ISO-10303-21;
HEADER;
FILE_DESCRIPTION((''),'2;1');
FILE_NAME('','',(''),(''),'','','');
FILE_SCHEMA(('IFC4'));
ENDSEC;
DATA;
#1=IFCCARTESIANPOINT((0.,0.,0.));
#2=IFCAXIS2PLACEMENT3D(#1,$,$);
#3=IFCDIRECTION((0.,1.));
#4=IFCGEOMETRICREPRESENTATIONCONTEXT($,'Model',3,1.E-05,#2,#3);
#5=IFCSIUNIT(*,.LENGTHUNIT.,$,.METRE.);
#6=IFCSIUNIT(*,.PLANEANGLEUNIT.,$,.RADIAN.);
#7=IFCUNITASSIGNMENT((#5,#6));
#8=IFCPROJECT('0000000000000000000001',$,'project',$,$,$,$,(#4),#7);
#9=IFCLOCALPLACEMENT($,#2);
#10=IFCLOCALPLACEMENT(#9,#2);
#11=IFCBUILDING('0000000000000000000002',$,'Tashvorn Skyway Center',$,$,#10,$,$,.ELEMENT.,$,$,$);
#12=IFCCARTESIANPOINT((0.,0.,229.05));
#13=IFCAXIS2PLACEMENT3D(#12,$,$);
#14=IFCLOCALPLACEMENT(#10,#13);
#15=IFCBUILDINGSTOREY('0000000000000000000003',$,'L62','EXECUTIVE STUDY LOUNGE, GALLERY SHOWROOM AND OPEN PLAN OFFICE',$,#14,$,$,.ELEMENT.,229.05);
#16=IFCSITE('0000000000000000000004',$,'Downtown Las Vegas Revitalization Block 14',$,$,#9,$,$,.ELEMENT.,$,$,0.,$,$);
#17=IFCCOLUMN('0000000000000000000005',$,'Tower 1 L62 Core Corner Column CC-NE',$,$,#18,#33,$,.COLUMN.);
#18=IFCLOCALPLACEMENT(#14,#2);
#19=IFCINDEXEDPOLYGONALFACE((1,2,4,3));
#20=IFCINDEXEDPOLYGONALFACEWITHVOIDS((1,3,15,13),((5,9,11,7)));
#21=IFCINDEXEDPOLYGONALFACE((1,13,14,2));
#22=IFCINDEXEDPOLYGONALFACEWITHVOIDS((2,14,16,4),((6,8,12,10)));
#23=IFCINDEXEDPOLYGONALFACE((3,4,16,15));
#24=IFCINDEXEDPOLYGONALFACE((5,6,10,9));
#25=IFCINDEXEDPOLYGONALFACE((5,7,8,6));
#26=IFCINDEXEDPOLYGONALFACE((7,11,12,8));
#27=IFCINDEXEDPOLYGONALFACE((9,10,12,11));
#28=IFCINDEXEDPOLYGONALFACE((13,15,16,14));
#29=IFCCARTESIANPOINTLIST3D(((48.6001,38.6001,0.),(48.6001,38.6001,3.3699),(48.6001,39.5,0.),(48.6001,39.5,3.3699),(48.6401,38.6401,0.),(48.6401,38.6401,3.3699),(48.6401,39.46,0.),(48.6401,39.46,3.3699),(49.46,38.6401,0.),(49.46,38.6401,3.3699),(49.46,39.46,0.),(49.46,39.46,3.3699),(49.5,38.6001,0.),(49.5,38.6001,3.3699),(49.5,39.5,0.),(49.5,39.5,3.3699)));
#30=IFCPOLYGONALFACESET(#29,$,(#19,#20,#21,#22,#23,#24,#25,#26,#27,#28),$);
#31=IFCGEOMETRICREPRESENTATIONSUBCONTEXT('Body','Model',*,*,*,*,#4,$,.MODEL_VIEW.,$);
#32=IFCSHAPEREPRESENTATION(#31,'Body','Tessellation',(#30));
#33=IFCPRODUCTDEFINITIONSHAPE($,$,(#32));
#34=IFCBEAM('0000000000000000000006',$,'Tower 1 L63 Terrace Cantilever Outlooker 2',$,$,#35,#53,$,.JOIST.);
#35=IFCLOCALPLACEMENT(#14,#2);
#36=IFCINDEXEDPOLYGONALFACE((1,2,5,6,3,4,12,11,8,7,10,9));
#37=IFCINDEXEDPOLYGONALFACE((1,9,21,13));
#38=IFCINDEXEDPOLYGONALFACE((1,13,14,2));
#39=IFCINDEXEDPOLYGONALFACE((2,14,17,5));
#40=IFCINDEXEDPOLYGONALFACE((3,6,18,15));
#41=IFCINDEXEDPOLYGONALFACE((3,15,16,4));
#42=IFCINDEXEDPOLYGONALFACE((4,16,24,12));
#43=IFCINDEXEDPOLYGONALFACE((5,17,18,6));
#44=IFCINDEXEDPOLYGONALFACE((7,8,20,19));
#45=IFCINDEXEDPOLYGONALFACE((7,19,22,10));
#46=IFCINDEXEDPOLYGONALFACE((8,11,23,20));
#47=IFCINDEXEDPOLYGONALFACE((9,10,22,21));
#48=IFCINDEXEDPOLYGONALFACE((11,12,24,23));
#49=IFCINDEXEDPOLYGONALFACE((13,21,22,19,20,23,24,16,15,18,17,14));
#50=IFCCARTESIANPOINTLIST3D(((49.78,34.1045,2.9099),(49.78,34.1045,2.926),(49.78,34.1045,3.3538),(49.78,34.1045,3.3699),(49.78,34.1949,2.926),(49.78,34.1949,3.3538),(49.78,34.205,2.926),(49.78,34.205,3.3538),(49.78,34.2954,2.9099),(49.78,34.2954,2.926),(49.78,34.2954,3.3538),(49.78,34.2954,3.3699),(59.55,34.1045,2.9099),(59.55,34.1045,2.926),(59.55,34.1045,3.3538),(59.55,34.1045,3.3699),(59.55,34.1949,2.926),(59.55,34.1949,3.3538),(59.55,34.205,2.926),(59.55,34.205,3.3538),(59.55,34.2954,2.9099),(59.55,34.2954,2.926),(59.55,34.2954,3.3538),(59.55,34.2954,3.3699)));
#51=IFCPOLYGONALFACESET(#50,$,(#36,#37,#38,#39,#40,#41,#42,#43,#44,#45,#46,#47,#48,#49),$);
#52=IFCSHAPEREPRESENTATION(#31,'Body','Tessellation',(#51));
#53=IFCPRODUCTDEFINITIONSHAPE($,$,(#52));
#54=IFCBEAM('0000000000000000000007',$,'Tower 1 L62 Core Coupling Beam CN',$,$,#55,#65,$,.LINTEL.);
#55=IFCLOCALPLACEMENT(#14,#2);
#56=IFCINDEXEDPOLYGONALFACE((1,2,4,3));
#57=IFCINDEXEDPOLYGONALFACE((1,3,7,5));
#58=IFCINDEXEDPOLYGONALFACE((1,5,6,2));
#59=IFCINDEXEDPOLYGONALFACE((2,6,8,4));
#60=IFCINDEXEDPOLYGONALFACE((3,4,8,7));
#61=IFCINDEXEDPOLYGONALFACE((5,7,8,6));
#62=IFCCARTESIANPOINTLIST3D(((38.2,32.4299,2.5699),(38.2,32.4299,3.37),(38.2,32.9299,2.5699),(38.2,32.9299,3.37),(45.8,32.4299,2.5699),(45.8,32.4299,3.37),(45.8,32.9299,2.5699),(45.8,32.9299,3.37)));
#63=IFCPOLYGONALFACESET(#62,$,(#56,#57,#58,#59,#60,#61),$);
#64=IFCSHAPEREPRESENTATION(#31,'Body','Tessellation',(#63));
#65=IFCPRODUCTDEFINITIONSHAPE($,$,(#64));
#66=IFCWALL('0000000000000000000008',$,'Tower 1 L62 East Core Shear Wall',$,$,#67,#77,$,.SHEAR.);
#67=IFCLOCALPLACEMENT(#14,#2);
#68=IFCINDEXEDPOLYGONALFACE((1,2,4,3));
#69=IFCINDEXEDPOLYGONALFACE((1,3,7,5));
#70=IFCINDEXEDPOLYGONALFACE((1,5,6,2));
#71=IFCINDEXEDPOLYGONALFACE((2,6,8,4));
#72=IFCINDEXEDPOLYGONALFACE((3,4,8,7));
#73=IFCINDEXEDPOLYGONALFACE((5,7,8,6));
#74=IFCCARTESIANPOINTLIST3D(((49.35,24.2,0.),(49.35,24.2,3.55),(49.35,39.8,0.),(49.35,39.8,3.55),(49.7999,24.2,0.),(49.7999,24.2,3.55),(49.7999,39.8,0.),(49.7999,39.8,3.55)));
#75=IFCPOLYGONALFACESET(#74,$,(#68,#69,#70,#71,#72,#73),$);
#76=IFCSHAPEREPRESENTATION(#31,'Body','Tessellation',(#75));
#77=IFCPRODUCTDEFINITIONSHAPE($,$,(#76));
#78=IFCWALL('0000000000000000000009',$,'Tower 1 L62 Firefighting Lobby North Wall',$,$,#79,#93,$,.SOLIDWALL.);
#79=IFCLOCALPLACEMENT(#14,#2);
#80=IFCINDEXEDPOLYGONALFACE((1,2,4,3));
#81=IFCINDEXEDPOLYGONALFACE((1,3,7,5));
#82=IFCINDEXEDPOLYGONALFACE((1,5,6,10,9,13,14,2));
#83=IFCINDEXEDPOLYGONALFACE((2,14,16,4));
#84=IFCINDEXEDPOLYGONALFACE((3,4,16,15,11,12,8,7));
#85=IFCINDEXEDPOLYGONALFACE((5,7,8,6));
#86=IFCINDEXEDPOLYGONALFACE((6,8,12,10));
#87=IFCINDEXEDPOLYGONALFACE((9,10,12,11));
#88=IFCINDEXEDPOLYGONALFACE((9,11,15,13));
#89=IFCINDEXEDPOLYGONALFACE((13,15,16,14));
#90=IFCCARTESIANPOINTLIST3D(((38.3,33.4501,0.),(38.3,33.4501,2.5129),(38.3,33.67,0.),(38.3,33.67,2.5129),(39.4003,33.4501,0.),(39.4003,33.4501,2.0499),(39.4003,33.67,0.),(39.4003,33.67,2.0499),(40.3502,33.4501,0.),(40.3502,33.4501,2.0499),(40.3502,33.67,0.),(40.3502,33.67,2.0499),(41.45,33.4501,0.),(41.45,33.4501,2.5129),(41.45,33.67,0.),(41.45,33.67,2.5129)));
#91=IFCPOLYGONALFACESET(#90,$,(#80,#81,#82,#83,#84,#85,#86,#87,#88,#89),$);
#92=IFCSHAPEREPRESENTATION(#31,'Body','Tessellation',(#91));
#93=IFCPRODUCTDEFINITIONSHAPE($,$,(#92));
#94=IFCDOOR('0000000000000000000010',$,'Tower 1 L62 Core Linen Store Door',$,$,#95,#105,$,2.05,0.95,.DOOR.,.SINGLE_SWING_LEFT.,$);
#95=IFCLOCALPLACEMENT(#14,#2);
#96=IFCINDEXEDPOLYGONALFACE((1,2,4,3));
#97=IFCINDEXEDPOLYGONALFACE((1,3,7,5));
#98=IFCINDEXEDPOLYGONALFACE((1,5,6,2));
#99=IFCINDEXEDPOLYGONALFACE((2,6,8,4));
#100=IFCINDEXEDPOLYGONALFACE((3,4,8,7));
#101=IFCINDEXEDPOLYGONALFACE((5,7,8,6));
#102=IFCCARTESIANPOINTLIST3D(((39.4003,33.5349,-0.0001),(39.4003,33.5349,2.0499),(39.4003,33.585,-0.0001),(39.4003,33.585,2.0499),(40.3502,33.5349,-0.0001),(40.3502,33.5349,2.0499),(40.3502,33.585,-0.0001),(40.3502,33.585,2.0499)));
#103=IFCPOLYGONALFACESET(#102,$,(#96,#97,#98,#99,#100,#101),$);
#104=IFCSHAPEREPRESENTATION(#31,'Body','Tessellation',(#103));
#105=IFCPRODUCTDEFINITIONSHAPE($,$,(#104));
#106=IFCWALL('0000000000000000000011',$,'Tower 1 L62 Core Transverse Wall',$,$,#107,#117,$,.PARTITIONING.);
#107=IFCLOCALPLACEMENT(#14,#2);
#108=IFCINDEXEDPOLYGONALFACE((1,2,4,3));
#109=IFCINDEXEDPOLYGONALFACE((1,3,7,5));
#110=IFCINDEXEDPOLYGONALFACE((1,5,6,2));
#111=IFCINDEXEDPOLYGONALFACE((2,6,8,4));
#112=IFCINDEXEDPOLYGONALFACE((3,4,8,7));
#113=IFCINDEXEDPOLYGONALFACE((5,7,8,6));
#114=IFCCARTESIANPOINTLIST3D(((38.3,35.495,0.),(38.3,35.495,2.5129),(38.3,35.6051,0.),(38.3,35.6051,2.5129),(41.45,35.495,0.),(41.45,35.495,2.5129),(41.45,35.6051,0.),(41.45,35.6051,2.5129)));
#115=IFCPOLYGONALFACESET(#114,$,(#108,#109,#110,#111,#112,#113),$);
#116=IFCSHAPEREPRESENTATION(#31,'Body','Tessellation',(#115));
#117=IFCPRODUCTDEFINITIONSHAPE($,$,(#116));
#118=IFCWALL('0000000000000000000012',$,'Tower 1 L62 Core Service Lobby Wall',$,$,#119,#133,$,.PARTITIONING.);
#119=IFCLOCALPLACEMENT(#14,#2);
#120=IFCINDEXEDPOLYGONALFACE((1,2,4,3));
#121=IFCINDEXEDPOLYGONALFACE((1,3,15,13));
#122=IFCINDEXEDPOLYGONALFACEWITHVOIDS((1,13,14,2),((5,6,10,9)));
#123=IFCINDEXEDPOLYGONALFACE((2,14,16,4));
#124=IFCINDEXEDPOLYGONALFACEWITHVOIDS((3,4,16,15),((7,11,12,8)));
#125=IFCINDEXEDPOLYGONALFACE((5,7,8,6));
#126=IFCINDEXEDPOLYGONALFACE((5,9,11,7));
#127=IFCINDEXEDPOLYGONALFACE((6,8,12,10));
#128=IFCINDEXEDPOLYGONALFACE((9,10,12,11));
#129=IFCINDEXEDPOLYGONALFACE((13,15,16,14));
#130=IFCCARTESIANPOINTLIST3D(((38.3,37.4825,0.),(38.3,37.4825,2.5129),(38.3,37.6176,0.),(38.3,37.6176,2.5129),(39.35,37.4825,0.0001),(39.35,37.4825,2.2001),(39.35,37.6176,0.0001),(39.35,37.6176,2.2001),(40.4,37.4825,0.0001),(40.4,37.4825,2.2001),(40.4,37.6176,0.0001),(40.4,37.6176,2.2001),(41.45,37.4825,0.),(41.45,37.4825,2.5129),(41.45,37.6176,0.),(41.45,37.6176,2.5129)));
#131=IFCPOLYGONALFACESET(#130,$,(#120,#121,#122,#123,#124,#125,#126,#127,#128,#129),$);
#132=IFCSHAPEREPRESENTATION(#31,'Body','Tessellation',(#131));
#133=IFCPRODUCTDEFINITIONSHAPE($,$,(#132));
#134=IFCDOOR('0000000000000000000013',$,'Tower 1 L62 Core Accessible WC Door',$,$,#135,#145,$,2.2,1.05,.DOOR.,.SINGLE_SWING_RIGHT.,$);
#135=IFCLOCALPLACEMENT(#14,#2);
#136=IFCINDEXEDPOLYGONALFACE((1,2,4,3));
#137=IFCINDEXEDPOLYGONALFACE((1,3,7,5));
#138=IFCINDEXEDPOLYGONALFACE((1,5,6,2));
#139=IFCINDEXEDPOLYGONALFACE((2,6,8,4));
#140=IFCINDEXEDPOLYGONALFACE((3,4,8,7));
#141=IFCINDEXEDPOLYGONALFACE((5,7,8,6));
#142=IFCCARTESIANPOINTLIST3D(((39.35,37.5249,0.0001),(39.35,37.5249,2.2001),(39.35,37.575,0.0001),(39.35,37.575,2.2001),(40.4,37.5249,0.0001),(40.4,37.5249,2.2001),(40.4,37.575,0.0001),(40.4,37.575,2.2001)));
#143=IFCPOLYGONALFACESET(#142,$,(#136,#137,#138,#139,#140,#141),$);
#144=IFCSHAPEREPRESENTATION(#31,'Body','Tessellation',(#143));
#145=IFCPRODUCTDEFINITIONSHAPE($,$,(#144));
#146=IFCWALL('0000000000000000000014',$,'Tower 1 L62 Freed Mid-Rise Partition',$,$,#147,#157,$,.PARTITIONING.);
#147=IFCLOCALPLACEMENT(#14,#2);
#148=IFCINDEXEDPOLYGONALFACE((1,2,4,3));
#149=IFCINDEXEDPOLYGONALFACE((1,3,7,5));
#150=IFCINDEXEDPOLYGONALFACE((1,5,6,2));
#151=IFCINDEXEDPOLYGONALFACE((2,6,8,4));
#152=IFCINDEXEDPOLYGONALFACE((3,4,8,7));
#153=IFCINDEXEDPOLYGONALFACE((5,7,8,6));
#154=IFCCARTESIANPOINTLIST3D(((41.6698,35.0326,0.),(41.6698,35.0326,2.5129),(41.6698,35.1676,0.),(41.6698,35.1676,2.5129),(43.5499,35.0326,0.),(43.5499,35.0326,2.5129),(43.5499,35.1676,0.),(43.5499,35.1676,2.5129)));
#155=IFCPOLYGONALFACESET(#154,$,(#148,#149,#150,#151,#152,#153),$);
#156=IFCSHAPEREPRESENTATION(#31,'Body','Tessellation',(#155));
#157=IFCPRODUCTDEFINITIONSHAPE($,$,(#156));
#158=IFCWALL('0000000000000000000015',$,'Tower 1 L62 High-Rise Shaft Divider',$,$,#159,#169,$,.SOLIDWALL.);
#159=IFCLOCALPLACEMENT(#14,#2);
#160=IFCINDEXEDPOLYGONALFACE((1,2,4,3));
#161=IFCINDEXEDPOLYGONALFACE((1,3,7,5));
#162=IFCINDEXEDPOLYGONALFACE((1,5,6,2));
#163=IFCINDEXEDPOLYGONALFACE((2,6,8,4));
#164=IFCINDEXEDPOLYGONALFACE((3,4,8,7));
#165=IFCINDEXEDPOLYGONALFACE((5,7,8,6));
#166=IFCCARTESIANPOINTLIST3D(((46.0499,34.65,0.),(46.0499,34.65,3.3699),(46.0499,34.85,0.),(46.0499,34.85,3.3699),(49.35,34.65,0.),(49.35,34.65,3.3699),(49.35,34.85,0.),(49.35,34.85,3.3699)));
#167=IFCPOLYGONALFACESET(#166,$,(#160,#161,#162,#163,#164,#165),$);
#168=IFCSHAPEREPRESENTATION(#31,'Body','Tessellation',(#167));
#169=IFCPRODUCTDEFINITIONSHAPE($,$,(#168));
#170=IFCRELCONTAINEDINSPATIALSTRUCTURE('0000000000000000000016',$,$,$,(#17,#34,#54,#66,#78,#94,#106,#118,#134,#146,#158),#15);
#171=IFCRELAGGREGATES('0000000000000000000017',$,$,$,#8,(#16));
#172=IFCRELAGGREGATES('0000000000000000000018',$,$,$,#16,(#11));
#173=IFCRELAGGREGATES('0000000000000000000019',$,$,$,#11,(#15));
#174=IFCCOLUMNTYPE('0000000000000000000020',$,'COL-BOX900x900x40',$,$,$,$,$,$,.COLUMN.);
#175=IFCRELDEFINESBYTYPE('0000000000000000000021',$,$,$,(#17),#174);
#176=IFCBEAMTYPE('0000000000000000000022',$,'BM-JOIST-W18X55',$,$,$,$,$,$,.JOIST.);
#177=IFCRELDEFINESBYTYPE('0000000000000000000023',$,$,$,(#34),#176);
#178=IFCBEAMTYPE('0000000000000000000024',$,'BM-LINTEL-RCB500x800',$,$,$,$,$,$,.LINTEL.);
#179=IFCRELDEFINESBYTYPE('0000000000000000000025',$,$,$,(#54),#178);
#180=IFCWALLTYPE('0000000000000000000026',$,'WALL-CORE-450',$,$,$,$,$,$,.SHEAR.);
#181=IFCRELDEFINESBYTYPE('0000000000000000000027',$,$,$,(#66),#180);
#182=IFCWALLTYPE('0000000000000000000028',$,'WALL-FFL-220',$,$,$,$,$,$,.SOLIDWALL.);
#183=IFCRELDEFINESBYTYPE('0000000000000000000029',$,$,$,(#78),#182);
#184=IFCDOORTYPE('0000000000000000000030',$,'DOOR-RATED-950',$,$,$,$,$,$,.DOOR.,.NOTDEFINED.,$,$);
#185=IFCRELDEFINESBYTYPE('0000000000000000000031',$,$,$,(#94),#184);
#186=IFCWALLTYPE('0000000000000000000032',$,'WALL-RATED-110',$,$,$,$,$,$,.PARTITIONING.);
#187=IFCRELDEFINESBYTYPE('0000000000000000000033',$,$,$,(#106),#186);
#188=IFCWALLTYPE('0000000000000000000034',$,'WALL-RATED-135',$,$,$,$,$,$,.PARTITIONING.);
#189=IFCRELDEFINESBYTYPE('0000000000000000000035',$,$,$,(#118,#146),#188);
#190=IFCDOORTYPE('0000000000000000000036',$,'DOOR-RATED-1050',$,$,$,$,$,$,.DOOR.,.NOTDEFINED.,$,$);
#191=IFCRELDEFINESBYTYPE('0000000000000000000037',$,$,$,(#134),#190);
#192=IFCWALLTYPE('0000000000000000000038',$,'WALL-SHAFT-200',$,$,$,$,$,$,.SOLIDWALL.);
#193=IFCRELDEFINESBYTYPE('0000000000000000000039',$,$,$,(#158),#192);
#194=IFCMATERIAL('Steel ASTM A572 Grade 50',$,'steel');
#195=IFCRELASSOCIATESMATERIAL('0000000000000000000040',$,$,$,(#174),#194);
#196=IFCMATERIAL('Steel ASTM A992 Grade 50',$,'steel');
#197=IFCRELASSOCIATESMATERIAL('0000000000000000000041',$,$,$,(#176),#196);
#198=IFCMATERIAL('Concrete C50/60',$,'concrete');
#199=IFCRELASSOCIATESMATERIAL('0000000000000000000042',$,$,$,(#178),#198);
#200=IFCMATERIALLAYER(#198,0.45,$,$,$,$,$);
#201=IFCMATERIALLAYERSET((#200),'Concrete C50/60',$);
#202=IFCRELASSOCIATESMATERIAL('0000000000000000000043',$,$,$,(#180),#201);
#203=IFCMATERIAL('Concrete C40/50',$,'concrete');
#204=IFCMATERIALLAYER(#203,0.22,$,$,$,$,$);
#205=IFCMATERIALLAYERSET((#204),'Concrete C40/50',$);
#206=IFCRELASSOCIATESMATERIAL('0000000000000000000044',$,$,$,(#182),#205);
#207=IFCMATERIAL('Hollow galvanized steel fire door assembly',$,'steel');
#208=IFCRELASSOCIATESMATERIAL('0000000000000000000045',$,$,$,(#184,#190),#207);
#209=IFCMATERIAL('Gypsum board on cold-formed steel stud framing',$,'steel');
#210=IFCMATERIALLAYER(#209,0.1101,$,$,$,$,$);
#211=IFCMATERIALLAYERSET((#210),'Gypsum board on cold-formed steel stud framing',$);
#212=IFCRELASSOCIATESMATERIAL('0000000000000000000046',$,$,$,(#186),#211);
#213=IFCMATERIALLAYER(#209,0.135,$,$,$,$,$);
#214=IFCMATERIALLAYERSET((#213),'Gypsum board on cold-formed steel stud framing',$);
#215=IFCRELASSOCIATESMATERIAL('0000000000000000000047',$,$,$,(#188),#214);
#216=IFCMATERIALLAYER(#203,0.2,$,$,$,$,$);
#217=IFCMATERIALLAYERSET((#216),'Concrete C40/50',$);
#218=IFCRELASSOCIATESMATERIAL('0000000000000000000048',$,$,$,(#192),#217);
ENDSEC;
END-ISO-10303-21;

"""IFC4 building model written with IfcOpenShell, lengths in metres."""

from ifc_helpers import new_model, si_unit, direction, frame, frame_2d, origin, origin_2d, place, context, subcontext, project, spatial, rectangle, hollow_rectangle, i_section, extrude, material, layer, layer_set, material_profile, profile_set, type_object, element, fill, save


model = new_model("IFC4")

# Units and contexts
model_context = context("Model", 3, precision=1e-05, world=origin(), true_north=direction((0.0, 1.0)))
body_context = subcontext(model_context, "Body", "Model", "MODEL_VIEW")
ifc_project = project(units=[si_unit("LENGTHUNIT", "METRE"), si_unit("PLANEANGLEUNIT", "RADIAN")], contexts=[model_context])

# Site, building, storey
site_placement = place(None, origin())
site = spatial("IfcSite", under=ifc_project, at=site_placement, Name="Downtown Las Vegas Revitalization Block 14", CompositionType="ELEMENT", RefElevation=0.0)
building_placement = place(site_placement, origin())
building = spatial("IfcBuilding", under=site, at=building_placement, Name="Tashvorn Skyway Center", CompositionType="ELEMENT")
storey_placement = place(building_placement, frame((0.0, 0.0, 229.05)))
storey = spatial("IfcBuildingStorey", under=building, at=storey_placement, Name="L62", Description="EXECUTIVE STUDY LOUNGE, GALLERY SHOWROOM AND OPEN PLAN OFFICE", CompositionType="ELEMENT", Elevation=229.05)

# Column
ifc_material_1 = material(Name="Steel ASTM A572 Grade 50", Category="steel")
ifc_material_profile_1 = material_profile(ifc_material_1, hollow_rectangle(XDim=0.8999, YDim=0.8999, WallThickness=0.04, at=origin_2d()), Name="BOX900x900x40")
ifc_profile_set_1 = profile_set([ifc_material_profile_1], Name="Steel ASTM A572 Grade 50")
column_type = type_object("IfcColumnType", Name="COL-BOX900x900x40", PredefinedType="COLUMN", material=ifc_profile_set_1)
column_placement = place(storey_placement, frame((49.05, 39.05, 0.0), z_axis=(0.0, 0.0, 1.0), x_axis=(1.0, 0.0, 0.0)))
element("IfcColumn", 1, at=column_placement, inside=storey, type_object=column_type, Name="Tower 1 L62 Core Corner Column CC-NE", PredefinedType="COLUMN", context=body_context, shape_type="SweptSolid", body=[
    extrude(hollow_rectangle(XDim=0.8999, YDim=0.8999, WallThickness=0.04, at=origin_2d()), origin(), (0.0, 0.0, 1.0), 3.3699),
])

# Beams
ifc_material_2 = material(Name="Steel ASTM A992 Grade 50", Category="steel")
ifc_material_profile_2 = material_profile(ifc_material_2, i_section(OverallWidth=0.1909, OverallDepth=0.46, WebThickness=0.01, FlangeThickness=0.0161, at=origin_2d()), Name="W18X55")
ifc_profile_set_2 = profile_set([ifc_material_profile_2], Name="Steel ASTM A992 Grade 50")
beam_type_1 = type_object("IfcBeamType", Name="BM-JOIST-W18X55", PredefinedType="JOIST", material=ifc_profile_set_2)
beam_1_placement = place(storey_placement, frame((49.78, 34.2, 3.1399), z_axis=(1.0, 0.0, 0.0), x_axis=(0.0, 1.0, 0.0)))
element("IfcBeam", 2, at=beam_1_placement, inside=storey, type_object=beam_type_1, Name="Tower 1 L63 Terrace Cantilever Outlooker 2", PredefinedType="JOIST", context=body_context, shape_type="SweptSolid", body=[
    extrude(i_section(OverallWidth=0.1909, OverallDepth=0.46, WebThickness=0.01, FlangeThickness=0.0161, at=origin_2d()), origin(), (0.0, 0.0, 1.0), 9.77),
])
ifc_material_3 = material(Name="Concrete C50/60", Category="concrete")
ifc_material_profile_3 = material_profile(ifc_material_3, rectangle(XDim=0.5, YDim=0.8, at=origin_2d()), Name="RCB500x800")
ifc_profile_set_3 = profile_set([ifc_material_profile_3], Name="Concrete C50/60")
beam_type_2 = type_object("IfcBeamType", Name="BM-LINTEL-RCB500x800", PredefinedType="LINTEL", material=ifc_profile_set_3)
beam_2_placement = place(storey_placement, frame((38.2, 32.6799, 2.97), z_axis=(1.0, 0.0, 0.0), x_axis=(0.0, 1.0, 0.0)))
element("IfcBeam", 3, at=beam_2_placement, inside=storey, type_object=beam_type_2, Name="Tower 1 L62 Core Coupling Beam CN", PredefinedType="LINTEL", context=body_context, shape_type="SweptSolid", body=[
    extrude(rectangle(XDim=0.5, YDim=0.8, at=origin_2d()), origin(), (0.0, 0.0, 1.0), 7.6001),
])

# Wall
ifc_layer_1 = layer(ifc_material_3, 0.45)
ifc_layer_set_1 = layer_set([ifc_layer_1], Name="Concrete C50/60")
wall_type_1 = type_object("IfcWallType", Name="WALL-CORE-450", PredefinedType="SHEAR", material=ifc_layer_set_1)
wall_1_placement = place(storey_placement, frame((49.575, 39.8, 0.0), z_axis=(0.0, 0.0, 1.0), x_axis=(0.0, -1.0, 0.0)))
element("IfcWall", 4, at=wall_1_placement, inside=storey, type_object=wall_type_1, Name="Tower 1 L62 East Core Shear Wall", PredefinedType="SHEAR", context=body_context, shape_type="SweptSolid", body=[
    extrude(rectangle(XDim=15.6001, YDim=0.45, at=frame_2d((7.8, 0.0))), origin(), (0.0, 0.0, 1.0), 3.55),
])

# Wall, opening, door
ifc_material_4 = material(Name="Concrete C40/50", Category="concrete")
ifc_layer_2 = layer(ifc_material_4, 0.22)
ifc_layer_set_2 = layer_set([ifc_layer_2], Name="Concrete C40/50")
wall_type_2 = type_object("IfcWallType", Name="WALL-FFL-220", PredefinedType="SOLIDWALL", material=ifc_layer_set_2)
wall_2_placement = place(storey_placement, frame((38.3, 33.5601, 0.0), z_axis=(0.0, 0.0, 1.0), x_axis=(1.0, 0.0, 0.0)))
wall_2 = element("IfcWall", 5, at=wall_2_placement, inside=storey, type_object=wall_type_2, Name="Tower 1 L62 Firefighting Lobby North Wall", PredefinedType="SOLIDWALL", context=body_context, shape_type="SweptSolid", body=[
    extrude(rectangle(XDim=3.1499, YDim=0.22, at=frame_2d((1.575, 0.0))), origin(), (0.0, 0.0, 1.0), 2.5129),
])
opening_1_placement = place(wall_2_placement, frame((1.1001, 0.0, 0.0)))
opening_1 = element("IfcOpeningElement", 6, at=opening_1_placement, cuts=wall_2, PredefinedType="OPENING", context=body_context, shape_type="SweptSolid", body=[
    extrude(rectangle(XDim=0.95, YDim=2.05, at=frame_2d((0.4751, 1.0249))), frame((0.0, 0.1199, 0.0), z_axis=(0.0, -1.0, 0.0), x_axis=(1.0, 0.0, 0.0)), (0.0, 0.0, 1.0), 0.24),
])
ifc_material_5 = material(Name="Hollow galvanized steel fire door assembly", Category="steel")
door_type_1 = type_object("IfcDoorType", Name="DOOR-RATED-950", OperationType="NOTDEFINED", PredefinedType="DOOR", material=ifc_material_5)
door_1_placement = place(opening_1_placement, origin())
door_1 = element("IfcDoor", 7, at=door_1_placement, inside=storey, type_object=door_type_1, Name="Tower 1 L62 Core Linen Store Door", OperationType="SINGLE_SWING_LEFT", OverallHeight=2.05, OverallWidth=0.95, PredefinedType="DOOR", context=body_context, shape_type="SweptSolid", body=[
    extrude(rectangle(XDim=0.95, YDim=2.05, at=frame_2d((0.4751, 1.0249))), frame((0.0, 0.0249, 0.0), z_axis=(0.0, -1.0, 0.0), x_axis=(1.0, 0.0, 0.0)), (0.0, 0.0, 1.0), 0.05),
])
fill(opening_1, door_1)

# Wall
ifc_material_6 = material(Name="Gypsum board on cold-formed steel stud framing", Category="steel")
ifc_layer_3 = layer(ifc_material_6, 0.1101)
ifc_layer_set_3 = layer_set([ifc_layer_3], Name="Gypsum board on cold-formed steel stud framing")
wall_type_3 = type_object("IfcWallType", Name="WALL-RATED-110", PredefinedType="PARTITIONING", material=ifc_layer_set_3)
wall_3_placement = place(storey_placement, frame((38.3, 35.55, 0.0), z_axis=(0.0, 0.0, 1.0), x_axis=(1.0, 0.0, 0.0)))
element("IfcWall", 8, at=wall_3_placement, inside=storey, type_object=wall_type_3, Name="Tower 1 L62 Core Transverse Wall", PredefinedType="PARTITIONING", context=body_context, shape_type="SweptSolid", body=[
    extrude(rectangle(XDim=3.1499, YDim=0.1101, at=frame_2d((1.575, 0.0))), origin(), (0.0, 0.0, 1.0), 2.5129),
])

# Wall, opening, door
ifc_layer_4 = layer(ifc_material_6, 0.135)
ifc_layer_set_4 = layer_set([ifc_layer_4], Name="Gypsum board on cold-formed steel stud framing")
wall_type_4 = type_object("IfcWallType", Name="WALL-RATED-135", PredefinedType="PARTITIONING", material=ifc_layer_set_4)
wall_4_placement = place(storey_placement, frame((38.3, 37.55, 0.0), z_axis=(0.0, 0.0, 1.0), x_axis=(1.0, 0.0, 0.0)))
wall_4 = element("IfcWall", 9, at=wall_4_placement, inside=storey, type_object=wall_type_4, Name="Tower 1 L62 Core Service Lobby Wall", PredefinedType="PARTITIONING", context=body_context, shape_type="SweptSolid", body=[
    extrude(rectangle(XDim=3.1499, YDim=0.135, at=frame_2d((1.575, 0.0))), origin(), (0.0, 0.0, 1.0), 2.5129),
])
opening_2_placement = place(wall_4_placement, frame((1.05, 0.0, 0.0)))
opening_2 = element("IfcOpeningElement", 10, at=opening_2_placement, cuts=wall_4, PredefinedType="OPENING", context=body_context, shape_type="SweptSolid", body=[
    extrude(rectangle(XDim=1.05, YDim=2.2, at=frame_2d((0.5249, 1.1001))), frame((0.0, 0.0774, 0.0), z_axis=(0.0, -1.0, 0.0), x_axis=(1.0, 0.0, 0.0)), (0.0, 0.0, 1.0), 0.155),
])
door_type_2 = type_object("IfcDoorType", Name="DOOR-RATED-1050", OperationType="NOTDEFINED", PredefinedType="DOOR", material=ifc_material_5)
door_2_placement = place(opening_2_placement, origin())
door_2 = element("IfcDoor", 11, at=door_2_placement, inside=storey, type_object=door_type_2, Name="Tower 1 L62 Core Accessible WC Door", OperationType="SINGLE_SWING_RIGHT", OverallHeight=2.2, OverallWidth=1.05, PredefinedType="DOOR", context=body_context, shape_type="SweptSolid", body=[
    extrude(rectangle(XDim=1.05, YDim=2.2, at=frame_2d((0.5249, 1.1001))), frame((0.0, 0.0249, 0.0), z_axis=(0.0, -1.0, 0.0), x_axis=(1.0, 0.0, 0.0)), (0.0, 0.0, 1.0), 0.05),
])
fill(opening_2, door_2)

# Walls
wall_5_placement = place(storey_placement, frame((41.6699, 35.1001, 0.0), z_axis=(0.0, 0.0, 1.0), x_axis=(1.0, 0.0, 0.0)))
element("IfcWall", 12, at=wall_5_placement, inside=storey, type_object=wall_type_4, Name="Tower 1 L62 Freed Mid-Rise Partition", PredefinedType="PARTITIONING", context=body_context, shape_type="SweptSolid", body=[
    extrude(rectangle(XDim=1.8801, YDim=0.135, at=frame_2d((0.9399, 0.0))), origin(), (0.0, 0.0, 1.0), 2.5129),
])
ifc_layer_5 = layer(ifc_material_4, 0.2)
ifc_layer_set_5 = layer_set([ifc_layer_5], Name="Concrete C40/50")
wall_type_5 = type_object("IfcWallType", Name="WALL-SHAFT-200", PredefinedType="SOLIDWALL", material=ifc_layer_set_5)
for number, where, z_axis, x_axis, name in (
    (13, (46.05, 34.75, 0.0), (0.0, 0.0, 1.0), (1.0, 0.0, 0.0), "Tower 1 L62 High-Rise Shaft Divider"),
):
    element("IfcWall", number, at=place(storey_placement, frame(where, z_axis=z_axis, x_axis=x_axis)), inside=storey, type_object=wall_type_5, Name=name, PredefinedType="SOLIDWALL", context=body_context, shape_type="SweptSolid", body=[
        extrude(rectangle(XDim=3.3, YDim=0.2, at=frame_2d((1.6499, 0.0))), origin(), (0.0, 0.0, 1.0), 3.3699),
    ])

save(model, "model.ifc")
